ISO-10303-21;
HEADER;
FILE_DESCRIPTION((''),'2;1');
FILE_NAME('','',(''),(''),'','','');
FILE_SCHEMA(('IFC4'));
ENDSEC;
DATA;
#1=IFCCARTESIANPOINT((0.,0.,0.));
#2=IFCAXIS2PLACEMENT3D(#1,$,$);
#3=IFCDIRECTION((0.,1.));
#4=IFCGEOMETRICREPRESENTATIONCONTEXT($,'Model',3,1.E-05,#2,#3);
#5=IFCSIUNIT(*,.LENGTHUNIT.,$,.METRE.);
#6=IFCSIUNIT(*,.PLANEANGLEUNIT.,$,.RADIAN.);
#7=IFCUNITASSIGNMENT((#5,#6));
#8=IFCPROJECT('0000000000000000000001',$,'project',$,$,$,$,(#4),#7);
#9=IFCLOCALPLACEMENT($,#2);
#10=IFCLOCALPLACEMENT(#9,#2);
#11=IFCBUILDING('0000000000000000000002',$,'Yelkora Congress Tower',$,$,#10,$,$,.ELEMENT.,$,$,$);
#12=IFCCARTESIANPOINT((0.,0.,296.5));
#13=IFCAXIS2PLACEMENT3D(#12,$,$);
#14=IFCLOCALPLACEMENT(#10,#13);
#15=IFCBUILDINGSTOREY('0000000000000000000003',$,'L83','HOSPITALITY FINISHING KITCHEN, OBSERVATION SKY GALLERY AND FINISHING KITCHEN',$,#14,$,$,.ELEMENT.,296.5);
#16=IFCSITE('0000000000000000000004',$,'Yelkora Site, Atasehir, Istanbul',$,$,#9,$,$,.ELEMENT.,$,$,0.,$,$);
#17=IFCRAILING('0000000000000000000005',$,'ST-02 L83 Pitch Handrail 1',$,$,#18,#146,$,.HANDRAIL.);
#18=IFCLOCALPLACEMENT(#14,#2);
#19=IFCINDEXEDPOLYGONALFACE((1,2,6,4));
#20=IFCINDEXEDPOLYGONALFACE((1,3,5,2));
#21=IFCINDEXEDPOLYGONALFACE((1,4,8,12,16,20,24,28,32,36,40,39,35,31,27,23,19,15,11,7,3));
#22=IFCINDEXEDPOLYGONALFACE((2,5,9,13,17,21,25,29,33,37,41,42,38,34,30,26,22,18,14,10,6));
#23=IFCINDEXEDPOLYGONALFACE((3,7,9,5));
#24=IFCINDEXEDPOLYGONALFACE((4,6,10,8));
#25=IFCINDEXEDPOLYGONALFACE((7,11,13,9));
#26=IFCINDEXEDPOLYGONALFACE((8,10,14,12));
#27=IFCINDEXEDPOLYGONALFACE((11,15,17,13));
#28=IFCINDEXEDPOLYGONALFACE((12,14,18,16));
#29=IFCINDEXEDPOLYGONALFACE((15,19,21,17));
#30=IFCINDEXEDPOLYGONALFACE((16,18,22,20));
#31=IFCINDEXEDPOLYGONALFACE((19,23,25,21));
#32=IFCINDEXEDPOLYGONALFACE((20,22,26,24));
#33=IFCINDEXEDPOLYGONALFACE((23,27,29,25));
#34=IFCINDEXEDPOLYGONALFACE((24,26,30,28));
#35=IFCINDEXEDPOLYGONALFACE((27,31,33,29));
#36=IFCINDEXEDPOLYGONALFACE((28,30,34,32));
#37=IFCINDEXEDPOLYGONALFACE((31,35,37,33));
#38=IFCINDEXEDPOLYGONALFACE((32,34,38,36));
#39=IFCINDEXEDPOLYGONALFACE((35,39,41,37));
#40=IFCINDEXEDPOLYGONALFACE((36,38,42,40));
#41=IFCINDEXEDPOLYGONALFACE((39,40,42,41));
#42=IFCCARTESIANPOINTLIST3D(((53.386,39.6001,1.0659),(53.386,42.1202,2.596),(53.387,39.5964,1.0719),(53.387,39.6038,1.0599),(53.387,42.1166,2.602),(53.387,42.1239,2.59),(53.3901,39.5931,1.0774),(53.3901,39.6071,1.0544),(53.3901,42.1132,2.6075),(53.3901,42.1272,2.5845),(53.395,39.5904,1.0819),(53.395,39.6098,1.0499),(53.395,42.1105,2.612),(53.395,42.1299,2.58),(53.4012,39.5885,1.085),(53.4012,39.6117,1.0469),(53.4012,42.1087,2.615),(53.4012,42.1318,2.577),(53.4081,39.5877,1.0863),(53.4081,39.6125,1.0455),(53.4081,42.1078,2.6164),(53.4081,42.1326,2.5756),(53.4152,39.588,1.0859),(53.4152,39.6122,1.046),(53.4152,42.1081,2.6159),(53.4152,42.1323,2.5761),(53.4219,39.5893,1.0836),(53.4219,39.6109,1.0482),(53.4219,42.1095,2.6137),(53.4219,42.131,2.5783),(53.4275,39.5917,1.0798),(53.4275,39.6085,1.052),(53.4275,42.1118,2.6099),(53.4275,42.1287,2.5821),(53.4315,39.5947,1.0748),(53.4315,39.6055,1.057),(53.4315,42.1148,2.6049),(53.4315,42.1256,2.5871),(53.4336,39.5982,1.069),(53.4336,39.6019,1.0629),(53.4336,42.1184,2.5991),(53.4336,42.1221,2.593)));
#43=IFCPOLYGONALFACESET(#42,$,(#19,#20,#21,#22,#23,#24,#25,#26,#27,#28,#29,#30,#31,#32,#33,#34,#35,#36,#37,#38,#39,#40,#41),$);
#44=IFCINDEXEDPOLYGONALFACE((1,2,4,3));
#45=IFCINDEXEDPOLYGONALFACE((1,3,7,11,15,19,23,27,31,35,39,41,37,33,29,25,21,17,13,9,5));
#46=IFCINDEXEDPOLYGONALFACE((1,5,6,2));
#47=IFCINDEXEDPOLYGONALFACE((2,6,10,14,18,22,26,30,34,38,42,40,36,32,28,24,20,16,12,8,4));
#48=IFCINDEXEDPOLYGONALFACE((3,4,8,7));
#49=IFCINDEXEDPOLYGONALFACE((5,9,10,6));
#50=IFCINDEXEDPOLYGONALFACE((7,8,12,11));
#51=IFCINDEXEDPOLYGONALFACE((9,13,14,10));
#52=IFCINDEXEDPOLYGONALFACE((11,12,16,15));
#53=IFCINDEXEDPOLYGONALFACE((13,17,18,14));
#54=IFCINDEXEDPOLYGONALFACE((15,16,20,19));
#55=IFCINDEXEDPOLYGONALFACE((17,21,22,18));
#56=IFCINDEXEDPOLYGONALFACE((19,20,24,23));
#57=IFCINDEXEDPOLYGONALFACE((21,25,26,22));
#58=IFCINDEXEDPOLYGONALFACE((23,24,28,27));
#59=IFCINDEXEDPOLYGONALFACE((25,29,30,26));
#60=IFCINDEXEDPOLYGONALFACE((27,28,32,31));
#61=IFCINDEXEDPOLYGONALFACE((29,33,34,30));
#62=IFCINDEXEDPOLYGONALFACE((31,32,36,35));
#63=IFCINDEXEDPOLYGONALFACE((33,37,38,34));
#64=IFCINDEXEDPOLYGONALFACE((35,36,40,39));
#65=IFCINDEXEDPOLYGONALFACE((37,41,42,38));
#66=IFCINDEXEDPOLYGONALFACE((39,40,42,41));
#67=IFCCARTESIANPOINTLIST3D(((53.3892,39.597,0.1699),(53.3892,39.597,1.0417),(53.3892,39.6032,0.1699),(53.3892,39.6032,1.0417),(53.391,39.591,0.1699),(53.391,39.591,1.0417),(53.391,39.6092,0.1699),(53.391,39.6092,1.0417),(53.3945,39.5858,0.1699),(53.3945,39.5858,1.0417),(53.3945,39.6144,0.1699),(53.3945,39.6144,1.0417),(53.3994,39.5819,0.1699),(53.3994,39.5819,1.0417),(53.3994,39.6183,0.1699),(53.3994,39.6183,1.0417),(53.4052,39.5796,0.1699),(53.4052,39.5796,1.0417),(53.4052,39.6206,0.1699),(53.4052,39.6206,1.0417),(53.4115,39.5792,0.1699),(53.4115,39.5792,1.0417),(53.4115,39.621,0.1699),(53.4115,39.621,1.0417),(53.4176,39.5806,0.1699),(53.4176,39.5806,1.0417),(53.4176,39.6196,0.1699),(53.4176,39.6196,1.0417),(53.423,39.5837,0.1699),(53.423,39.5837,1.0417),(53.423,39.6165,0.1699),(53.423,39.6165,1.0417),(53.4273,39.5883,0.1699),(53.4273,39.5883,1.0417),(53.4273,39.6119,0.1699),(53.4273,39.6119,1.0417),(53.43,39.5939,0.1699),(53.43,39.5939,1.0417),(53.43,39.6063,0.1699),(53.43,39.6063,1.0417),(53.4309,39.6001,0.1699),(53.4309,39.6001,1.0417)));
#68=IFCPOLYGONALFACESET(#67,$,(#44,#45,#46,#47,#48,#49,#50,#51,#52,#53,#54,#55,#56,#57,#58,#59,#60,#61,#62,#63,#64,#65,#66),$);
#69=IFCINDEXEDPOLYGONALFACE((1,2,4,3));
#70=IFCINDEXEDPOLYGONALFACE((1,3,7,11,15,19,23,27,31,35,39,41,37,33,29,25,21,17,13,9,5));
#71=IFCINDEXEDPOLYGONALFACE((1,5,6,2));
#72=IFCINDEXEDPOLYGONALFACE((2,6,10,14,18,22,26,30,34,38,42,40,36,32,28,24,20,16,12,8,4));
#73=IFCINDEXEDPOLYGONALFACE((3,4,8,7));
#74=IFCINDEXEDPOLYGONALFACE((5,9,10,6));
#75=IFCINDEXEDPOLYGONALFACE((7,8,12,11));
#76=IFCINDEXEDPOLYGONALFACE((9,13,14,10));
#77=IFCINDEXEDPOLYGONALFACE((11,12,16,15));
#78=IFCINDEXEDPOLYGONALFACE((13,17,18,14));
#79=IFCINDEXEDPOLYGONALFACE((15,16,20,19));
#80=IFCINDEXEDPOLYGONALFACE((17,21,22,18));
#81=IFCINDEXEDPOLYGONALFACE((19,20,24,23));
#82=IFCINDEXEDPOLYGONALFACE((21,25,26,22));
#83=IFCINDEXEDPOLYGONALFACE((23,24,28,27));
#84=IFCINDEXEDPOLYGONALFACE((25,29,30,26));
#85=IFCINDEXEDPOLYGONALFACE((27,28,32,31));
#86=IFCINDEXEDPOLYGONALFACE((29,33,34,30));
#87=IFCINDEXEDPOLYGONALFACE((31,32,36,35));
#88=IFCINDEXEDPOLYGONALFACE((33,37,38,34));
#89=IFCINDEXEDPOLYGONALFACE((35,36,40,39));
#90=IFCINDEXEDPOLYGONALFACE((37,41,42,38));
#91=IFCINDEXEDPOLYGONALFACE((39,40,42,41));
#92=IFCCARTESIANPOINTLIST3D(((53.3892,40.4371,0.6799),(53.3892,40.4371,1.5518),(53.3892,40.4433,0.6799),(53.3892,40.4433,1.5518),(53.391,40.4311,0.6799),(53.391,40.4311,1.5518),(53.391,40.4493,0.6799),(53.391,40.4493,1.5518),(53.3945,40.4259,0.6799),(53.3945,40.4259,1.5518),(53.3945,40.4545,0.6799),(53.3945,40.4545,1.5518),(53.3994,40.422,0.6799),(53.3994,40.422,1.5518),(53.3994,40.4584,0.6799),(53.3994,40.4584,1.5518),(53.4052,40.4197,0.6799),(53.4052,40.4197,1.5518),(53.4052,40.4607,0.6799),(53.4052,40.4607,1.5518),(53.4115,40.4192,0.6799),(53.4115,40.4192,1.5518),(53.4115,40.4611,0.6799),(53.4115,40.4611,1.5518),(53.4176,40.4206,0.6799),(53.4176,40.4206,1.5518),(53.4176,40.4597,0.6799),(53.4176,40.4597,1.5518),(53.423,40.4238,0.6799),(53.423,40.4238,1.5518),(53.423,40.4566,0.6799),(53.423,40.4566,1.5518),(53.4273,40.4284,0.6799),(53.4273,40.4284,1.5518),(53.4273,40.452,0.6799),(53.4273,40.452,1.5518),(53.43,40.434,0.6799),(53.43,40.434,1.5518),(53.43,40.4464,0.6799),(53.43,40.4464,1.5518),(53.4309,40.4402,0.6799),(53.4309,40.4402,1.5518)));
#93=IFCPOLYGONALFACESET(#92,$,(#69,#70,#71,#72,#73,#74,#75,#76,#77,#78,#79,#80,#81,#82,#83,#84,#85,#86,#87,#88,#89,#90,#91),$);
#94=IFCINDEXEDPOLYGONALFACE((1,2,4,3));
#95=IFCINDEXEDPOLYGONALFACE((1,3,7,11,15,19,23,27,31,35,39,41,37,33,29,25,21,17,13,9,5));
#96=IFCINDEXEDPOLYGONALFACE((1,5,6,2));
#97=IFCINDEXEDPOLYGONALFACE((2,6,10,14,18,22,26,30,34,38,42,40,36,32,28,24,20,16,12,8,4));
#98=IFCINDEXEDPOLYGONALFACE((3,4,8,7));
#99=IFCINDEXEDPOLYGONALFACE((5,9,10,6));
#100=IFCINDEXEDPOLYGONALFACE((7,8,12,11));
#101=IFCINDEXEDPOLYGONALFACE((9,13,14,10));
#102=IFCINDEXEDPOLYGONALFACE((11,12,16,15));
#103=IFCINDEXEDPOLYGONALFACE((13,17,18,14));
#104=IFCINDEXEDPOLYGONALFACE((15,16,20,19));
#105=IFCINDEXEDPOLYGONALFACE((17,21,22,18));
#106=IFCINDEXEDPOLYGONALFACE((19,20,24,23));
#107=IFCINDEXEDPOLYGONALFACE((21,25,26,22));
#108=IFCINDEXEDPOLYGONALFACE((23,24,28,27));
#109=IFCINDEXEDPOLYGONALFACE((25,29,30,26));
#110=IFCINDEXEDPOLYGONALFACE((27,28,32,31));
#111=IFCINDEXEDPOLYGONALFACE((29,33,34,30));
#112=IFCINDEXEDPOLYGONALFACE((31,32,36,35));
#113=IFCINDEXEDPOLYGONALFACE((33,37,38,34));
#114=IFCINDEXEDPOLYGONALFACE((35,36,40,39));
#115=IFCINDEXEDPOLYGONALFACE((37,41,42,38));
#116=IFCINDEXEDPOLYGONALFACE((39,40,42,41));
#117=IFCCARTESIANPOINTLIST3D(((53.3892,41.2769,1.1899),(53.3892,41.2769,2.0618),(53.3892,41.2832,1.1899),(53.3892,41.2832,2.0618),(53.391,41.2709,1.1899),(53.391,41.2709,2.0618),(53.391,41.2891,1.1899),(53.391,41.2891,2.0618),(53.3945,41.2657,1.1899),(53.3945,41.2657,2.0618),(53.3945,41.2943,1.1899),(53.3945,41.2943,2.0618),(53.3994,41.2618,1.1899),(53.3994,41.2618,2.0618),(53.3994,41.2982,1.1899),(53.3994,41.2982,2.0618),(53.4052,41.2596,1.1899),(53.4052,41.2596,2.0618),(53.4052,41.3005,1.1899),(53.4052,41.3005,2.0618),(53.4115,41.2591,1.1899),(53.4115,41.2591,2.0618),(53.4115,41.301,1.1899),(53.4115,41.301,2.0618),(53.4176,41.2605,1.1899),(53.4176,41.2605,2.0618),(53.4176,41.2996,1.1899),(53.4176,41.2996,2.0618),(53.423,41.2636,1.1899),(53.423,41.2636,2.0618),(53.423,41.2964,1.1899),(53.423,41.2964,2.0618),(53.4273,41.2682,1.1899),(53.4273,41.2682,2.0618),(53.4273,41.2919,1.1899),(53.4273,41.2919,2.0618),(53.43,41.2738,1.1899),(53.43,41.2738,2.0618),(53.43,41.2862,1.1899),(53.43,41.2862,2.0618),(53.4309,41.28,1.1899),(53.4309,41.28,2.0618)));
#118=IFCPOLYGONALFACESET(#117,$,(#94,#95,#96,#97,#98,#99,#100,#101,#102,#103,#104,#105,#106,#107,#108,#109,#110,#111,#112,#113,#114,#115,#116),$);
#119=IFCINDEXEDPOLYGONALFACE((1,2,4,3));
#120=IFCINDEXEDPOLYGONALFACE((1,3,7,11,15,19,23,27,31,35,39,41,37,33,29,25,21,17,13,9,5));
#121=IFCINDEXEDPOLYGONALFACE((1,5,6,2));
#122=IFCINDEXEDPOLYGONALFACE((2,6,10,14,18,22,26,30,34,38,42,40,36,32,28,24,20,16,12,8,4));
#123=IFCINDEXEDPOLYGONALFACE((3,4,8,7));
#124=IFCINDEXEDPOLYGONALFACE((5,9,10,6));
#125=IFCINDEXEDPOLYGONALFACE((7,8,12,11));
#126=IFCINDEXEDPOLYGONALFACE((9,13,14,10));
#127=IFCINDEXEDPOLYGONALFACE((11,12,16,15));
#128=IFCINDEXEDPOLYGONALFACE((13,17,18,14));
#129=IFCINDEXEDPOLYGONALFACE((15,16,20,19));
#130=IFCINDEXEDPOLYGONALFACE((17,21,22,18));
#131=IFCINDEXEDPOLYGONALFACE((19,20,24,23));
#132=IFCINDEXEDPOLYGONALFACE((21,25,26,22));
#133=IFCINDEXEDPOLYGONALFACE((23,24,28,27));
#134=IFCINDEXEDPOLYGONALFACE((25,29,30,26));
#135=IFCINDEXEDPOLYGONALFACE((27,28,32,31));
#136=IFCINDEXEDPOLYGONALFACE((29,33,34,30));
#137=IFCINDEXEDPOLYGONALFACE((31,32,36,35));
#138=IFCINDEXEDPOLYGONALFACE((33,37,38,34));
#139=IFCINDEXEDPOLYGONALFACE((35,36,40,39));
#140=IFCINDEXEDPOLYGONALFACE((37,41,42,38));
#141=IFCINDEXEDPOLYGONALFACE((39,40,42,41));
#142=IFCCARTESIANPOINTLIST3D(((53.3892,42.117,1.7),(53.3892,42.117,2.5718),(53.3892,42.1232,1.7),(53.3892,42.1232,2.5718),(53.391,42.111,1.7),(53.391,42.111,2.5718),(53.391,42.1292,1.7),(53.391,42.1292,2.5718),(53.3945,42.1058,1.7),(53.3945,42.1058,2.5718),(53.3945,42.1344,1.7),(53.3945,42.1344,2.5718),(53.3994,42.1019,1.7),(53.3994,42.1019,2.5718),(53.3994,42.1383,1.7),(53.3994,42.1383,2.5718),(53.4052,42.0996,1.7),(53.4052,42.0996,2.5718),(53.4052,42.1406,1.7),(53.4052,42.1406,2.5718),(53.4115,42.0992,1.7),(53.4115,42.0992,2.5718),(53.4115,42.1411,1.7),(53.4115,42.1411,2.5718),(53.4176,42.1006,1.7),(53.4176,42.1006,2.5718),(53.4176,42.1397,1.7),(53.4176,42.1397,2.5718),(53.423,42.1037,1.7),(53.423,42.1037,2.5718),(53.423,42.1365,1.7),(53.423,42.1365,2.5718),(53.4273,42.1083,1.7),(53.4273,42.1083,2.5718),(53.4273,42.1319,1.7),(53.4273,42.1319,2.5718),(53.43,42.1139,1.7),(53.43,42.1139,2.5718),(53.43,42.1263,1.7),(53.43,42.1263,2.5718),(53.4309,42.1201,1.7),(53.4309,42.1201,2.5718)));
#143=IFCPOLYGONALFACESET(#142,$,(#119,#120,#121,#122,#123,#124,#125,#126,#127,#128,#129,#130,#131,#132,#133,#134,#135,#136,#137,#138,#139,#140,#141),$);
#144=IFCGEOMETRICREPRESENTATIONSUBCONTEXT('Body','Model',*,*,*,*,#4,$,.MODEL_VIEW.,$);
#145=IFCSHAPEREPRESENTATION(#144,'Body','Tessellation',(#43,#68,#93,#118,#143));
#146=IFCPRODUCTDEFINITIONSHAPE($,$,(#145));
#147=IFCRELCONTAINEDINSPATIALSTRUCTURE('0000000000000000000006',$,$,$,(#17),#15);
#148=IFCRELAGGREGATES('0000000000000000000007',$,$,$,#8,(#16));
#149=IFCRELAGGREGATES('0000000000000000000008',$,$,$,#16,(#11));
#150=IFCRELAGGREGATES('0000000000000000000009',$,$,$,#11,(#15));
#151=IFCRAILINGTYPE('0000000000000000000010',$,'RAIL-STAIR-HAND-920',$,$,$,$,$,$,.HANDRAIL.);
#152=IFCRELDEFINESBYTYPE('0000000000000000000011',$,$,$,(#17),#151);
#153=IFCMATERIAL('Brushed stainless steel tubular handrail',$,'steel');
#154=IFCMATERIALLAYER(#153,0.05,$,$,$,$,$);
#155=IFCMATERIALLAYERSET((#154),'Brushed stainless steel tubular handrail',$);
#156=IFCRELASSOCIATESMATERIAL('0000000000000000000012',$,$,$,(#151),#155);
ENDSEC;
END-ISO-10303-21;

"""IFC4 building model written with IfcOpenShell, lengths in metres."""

from ifc_helpers import new_model, si_unit, direction, frame, origin, origin_2d, place, context, subcontext, project, spatial, circle, extrude, material, layer, layer_set, type_object, element, save


model = new_model("IFC4")

# Units and contexts
model_context = context("Model", 3, precision=1e-05, world=origin(), true_north=direction((0.0, 1.0)))
body_context = subcontext(model_context, "Body", "Model", "MODEL_VIEW")
ifc_project = project(units=[si_unit("LENGTHUNIT", "METRE"), si_unit("PLANEANGLEUNIT", "RADIAN")], contexts=[model_context])

# Site, building, storey
site_placement = place(None, origin())
site = spatial("IfcSite", under=ifc_project, at=site_placement, Name="Yelkora Site, Atasehir, Istanbul", CompositionType="ELEMENT", RefElevation=0.0)
building_placement = place(site_placement, origin())
building = spatial("IfcBuilding", under=site, at=building_placement, Name="Yelkora Congress Tower", CompositionType="ELEMENT")
storey_placement = place(building_placement, frame((0.0, 0.0, 296.5)))
storey = spatial("IfcBuildingStorey", under=building, at=storey_placement, Name="L83", Description="HOSPITALITY FINISHING KITCHEN, OBSERVATION SKY GALLERY AND FINISHING KITCHEN", CompositionType="ELEMENT", Elevation=296.5)

# Railing
ifc_material_1 = material(Name="Brushed stainless steel tubular handrail", Category="steel")
ifc_layer_1 = layer(ifc_material_1, 0.05)
ifc_layer_set_1 = layer_set([ifc_layer_1], Name="Brushed stainless steel tubular handrail")
railing_type_1 = type_object("IfcRailingType", Name="RAIL-STAIR-HAND-920", PredefinedType="HANDRAIL", material=ifc_layer_set_1)
railing_1_placement = place(storey_placement, frame((53.4099, 39.6001, 0.1699)))
element("IfcRailing", 1, at=railing_1_placement, inside=storey, type_object=railing_type_1, Name="ST-02 L83 Pitch Handrail 1", PredefinedType="HANDRAIL", context=body_context, shape_type="SweptSolid", body=[
    extrude(circle(Radius=0.0239, at=origin_2d()), frame((0.0, 0.0, 0.896), z_axis=(0.0, 0.854785, 0.518982), x_axis=(-1.0, 0.0, 0.0)), (0.0, 0.0, 1.0), 2.9482),
    extrude(circle(Radius=0.021, at=origin_2d()), origin(), (0.0, 0.0, 1.0), 0.8718),
    extrude(circle(Radius=0.021, at=origin_2d()), frame((0.0, 0.8401, 0.51)), (0.0, 0.0, 1.0), 0.8718),
    extrude(circle(Radius=0.021, at=origin_2d()), frame((0.0, 1.6799, 1.02)), (0.0, 0.0, 1.0), 0.8718),
    extrude(circle(Radius=0.021, at=origin_2d()), frame((0.0, 2.52, 1.53)), (0.0, 0.0, 1.0), 0.8718),
])

save(model, "model.ifc")
